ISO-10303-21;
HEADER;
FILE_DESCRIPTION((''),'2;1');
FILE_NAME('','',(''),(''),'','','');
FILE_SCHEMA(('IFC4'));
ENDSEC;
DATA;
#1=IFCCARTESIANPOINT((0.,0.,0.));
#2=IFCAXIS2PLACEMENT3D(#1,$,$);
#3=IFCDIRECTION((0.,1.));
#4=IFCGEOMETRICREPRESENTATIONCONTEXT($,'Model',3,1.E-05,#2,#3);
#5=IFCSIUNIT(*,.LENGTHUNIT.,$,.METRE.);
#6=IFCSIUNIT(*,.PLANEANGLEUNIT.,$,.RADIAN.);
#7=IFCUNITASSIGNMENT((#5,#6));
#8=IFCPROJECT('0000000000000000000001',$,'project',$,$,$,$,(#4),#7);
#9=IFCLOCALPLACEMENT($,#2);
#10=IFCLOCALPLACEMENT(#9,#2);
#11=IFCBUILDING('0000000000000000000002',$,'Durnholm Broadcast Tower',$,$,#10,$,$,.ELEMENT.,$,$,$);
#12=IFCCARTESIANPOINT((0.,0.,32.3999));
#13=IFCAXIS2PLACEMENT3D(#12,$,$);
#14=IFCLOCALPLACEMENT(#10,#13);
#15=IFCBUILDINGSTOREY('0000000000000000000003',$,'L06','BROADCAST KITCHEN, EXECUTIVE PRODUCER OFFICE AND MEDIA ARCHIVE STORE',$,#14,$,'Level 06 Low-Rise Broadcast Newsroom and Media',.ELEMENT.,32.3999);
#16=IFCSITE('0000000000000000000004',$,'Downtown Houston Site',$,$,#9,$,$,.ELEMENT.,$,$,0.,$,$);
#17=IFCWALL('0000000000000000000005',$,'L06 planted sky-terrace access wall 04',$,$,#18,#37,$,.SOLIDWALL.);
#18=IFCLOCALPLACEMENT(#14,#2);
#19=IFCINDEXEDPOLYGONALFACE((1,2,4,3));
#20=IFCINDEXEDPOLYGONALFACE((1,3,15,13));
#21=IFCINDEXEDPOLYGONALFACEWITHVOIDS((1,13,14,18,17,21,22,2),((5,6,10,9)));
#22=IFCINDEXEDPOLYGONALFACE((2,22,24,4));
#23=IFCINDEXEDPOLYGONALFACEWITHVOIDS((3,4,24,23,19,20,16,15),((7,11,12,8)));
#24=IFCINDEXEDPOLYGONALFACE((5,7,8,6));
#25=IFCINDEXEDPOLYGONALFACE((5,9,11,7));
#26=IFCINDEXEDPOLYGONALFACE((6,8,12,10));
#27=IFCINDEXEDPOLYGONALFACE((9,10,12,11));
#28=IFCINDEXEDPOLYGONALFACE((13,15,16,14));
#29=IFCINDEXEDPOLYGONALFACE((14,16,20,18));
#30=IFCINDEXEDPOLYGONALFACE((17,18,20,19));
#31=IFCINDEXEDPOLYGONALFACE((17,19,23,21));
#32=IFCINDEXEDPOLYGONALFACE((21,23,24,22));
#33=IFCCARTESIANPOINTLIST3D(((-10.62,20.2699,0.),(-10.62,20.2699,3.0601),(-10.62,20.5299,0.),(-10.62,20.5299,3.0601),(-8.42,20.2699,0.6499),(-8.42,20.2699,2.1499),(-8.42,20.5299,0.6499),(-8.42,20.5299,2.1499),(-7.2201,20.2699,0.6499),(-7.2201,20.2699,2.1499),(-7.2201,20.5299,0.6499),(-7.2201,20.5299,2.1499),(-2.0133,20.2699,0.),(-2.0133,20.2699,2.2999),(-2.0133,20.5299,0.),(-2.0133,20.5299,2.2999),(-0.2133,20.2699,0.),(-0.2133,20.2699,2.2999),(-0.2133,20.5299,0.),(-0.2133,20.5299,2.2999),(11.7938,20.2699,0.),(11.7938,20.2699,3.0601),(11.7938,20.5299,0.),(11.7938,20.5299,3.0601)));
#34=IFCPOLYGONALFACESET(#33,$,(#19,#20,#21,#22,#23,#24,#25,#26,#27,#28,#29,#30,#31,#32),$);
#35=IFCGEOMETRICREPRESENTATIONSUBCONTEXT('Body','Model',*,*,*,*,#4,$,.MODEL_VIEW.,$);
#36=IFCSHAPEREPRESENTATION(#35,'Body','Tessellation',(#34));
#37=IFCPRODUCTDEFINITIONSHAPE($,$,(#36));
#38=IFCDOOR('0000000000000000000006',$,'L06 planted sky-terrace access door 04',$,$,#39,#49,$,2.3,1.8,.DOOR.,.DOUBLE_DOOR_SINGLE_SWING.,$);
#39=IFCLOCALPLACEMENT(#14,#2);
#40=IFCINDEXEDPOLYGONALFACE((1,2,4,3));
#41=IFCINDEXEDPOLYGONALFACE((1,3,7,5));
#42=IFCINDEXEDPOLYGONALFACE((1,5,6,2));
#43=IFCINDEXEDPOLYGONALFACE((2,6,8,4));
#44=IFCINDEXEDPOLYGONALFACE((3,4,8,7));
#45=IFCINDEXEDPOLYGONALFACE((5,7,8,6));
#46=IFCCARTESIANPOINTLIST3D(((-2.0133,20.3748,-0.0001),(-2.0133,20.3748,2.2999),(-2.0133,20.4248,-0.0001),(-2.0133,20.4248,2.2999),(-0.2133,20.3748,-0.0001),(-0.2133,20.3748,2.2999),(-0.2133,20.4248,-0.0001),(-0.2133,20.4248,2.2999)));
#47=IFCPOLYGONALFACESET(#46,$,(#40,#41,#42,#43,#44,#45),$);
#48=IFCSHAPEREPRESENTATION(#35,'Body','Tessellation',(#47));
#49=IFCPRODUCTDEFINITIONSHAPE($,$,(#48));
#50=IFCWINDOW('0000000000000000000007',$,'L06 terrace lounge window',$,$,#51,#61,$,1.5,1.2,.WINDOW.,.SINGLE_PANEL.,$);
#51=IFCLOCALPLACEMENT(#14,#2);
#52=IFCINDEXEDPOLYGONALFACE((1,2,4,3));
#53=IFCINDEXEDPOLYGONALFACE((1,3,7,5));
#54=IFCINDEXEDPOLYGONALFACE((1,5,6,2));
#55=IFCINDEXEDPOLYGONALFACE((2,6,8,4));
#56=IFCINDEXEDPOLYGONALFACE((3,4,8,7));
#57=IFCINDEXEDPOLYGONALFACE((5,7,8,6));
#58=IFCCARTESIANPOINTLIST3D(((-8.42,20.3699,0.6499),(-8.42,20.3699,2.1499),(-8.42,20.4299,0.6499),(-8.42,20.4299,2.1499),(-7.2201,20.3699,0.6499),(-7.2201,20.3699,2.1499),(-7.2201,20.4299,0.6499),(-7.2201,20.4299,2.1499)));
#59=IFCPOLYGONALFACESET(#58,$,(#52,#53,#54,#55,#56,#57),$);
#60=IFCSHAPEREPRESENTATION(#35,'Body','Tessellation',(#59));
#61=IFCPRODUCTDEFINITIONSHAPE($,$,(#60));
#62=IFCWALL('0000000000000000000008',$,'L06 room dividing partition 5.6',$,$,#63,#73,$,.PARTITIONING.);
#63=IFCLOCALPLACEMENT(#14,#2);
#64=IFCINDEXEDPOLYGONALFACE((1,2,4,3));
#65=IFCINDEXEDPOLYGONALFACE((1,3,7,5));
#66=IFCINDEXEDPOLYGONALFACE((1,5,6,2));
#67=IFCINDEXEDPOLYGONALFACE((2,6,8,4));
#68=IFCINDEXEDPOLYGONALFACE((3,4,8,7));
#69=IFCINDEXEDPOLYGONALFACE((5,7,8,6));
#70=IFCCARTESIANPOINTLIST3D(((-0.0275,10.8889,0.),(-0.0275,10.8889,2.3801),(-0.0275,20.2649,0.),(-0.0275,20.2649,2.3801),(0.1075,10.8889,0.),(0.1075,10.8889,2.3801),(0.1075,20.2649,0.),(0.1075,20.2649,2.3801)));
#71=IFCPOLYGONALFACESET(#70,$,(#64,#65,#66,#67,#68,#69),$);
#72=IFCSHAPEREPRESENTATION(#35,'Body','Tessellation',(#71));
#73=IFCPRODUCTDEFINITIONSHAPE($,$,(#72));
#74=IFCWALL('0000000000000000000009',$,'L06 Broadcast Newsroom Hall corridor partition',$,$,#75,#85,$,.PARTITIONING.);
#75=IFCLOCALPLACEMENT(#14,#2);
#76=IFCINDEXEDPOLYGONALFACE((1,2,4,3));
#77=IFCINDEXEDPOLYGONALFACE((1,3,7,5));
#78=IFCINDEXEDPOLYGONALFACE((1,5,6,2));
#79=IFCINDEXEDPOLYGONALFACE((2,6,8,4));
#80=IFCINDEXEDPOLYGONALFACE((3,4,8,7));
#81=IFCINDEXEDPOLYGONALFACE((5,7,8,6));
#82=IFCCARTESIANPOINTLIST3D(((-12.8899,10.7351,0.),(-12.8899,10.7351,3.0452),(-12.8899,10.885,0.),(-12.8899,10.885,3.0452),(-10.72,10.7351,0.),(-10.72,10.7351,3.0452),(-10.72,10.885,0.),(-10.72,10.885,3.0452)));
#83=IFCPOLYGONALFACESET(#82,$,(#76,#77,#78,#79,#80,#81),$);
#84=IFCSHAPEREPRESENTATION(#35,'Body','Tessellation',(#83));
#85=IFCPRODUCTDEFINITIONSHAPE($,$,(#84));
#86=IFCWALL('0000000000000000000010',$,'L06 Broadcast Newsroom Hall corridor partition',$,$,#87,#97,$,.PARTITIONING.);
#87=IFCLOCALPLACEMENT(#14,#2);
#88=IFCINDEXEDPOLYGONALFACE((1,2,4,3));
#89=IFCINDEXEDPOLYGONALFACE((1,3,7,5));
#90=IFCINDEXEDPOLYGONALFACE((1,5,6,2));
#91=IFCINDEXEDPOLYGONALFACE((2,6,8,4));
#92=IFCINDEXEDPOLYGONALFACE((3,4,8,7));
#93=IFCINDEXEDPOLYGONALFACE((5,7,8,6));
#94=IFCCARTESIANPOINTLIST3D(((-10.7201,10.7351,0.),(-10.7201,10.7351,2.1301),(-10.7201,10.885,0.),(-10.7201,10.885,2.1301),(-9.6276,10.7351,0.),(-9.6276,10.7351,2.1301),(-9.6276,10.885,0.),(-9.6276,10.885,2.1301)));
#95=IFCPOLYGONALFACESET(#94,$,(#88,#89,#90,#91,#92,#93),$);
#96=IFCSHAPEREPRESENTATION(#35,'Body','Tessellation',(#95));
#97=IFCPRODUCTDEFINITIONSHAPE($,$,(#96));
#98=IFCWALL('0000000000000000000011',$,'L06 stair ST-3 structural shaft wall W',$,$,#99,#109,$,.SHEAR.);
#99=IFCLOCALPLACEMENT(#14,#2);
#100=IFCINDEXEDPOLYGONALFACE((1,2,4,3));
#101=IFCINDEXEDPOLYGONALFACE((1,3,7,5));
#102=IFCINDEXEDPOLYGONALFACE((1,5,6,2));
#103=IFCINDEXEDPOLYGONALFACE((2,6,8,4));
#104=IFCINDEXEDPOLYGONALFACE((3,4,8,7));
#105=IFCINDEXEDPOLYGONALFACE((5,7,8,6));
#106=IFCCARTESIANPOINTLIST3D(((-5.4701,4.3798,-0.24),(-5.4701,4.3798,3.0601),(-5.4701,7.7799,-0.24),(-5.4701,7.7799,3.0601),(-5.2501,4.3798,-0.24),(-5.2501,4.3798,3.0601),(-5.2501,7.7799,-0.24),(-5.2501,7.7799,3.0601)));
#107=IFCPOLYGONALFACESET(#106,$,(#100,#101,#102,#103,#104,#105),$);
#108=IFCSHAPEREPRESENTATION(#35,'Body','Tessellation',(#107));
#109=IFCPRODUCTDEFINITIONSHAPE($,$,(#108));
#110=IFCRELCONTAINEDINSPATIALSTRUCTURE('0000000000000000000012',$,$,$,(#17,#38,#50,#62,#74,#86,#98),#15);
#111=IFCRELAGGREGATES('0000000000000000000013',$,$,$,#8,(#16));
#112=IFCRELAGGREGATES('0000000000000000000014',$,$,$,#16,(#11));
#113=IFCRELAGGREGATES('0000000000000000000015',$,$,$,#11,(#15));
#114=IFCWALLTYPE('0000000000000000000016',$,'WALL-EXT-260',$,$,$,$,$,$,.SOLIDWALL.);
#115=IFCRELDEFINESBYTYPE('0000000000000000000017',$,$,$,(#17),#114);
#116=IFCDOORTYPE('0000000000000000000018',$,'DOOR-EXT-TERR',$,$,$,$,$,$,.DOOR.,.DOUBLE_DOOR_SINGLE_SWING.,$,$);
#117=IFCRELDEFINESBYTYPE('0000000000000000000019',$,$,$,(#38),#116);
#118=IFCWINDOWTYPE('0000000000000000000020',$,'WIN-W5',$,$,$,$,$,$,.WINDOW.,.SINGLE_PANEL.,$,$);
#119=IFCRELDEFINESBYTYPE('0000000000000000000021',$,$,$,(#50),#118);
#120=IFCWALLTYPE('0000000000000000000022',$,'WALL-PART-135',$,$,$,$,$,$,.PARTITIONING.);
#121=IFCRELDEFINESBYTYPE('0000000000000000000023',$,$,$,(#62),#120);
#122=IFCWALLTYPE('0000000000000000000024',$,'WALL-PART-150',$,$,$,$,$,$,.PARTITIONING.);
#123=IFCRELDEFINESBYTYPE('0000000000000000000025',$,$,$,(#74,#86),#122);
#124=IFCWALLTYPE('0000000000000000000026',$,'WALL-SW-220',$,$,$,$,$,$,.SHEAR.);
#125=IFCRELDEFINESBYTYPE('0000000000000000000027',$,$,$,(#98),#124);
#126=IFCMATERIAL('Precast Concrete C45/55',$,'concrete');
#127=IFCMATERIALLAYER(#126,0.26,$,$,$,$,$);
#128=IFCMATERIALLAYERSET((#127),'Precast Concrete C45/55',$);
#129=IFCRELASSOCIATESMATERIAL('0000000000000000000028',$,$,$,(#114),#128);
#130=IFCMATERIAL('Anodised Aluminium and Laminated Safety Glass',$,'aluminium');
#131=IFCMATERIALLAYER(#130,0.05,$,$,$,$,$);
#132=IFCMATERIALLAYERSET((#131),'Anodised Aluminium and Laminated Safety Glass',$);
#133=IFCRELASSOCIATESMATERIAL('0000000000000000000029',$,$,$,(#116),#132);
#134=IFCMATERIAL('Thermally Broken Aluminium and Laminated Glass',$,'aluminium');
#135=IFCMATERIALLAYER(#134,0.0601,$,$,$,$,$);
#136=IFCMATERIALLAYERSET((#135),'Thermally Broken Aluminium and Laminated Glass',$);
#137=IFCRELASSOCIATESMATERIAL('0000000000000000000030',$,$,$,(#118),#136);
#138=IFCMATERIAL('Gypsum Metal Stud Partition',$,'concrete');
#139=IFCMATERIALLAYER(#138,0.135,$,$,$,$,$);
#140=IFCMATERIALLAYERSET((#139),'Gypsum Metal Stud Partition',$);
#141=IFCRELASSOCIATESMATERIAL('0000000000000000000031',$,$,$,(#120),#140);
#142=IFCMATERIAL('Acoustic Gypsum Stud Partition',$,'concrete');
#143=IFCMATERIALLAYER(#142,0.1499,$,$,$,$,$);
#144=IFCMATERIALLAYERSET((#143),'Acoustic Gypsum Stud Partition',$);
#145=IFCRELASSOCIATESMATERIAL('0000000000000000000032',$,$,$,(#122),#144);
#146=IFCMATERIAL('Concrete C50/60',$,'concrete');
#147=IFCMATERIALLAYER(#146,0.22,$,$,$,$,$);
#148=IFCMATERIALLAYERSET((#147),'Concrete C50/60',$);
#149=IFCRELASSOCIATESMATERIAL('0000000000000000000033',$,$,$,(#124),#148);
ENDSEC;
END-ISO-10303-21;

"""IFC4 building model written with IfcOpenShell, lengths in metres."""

from ifc_helpers import new_model, si_unit, direction, frame, frame_2d, origin, place, context, subcontext, project, spatial, rectangle, extrude, source, transform, mapped, material, layer, layer_set, type_object, type_shapes, element, fill, save


model = new_model("IFC4")

# Units and contexts
model_context = context("Model", 3, precision=1e-05, world=origin(), true_north=direction((0.0, 1.0)))
body_context = subcontext(model_context, "Body", "Model", "MODEL_VIEW")
ifc_project = project(units=[si_unit("LENGTHUNIT", "METRE"), si_unit("PLANEANGLEUNIT", "RADIAN")], contexts=[model_context])

# Site, building, storey
site_placement = place(None, origin())
site = spatial("IfcSite", under=ifc_project, at=site_placement, Name="Downtown Houston Site", CompositionType="ELEMENT", RefElevation=0.0)
building_placement = place(site_placement, origin())
building = spatial("IfcBuilding", under=site, at=building_placement, Name="Durnholm Broadcast Tower", CompositionType="ELEMENT")
storey_placement = place(building_placement, frame((0.0, 0.0, 32.3999)))
storey = spatial("IfcBuildingStorey", under=building, at=storey_placement, Name="L06", Description="BROADCAST KITCHEN, EXECUTIVE PRODUCER OFFICE AND MEDIA ARCHIVE STORE", LongName="Level 06 Low-Rise Broadcast Newsroom and Media", CompositionType="ELEMENT", Elevation=32.3999)

# Wall, openings, door, window
ifc_material_1 = material(Name="Precast Concrete C45/55", Category="concrete")
ifc_layer_1 = layer(ifc_material_1, 0.26)
ifc_layer_set_1 = layer_set([ifc_layer_1], Name="Precast Concrete C45/55")
wall_type_1 = type_object("IfcWallType", Name="WALL-EXT-260", PredefinedType="SOLIDWALL", material=ifc_layer_set_1)
wall_1_placement = place(storey_placement, frame((-10.6201, 20.3999, 0.0), z_axis=(0.0, 0.0, 1.0), x_axis=(1.0, 0.0, 0.0)))
wall_1 = element("IfcWall", 1, at=wall_1_placement, inside=storey, type_object=wall_type_1, Name="L06 planted sky-terrace access wall 04", PredefinedType="SOLIDWALL", context=body_context, shape_type="SweptSolid", body=[
    extrude(rectangle(XDim=22.4138, YDim=0.26, at=frame_2d((11.207, 0.0))), origin(), (0.0, 0.0, 1.0), 3.0601),
])
opening_1_placement = place(wall_1_placement, frame((8.6069, 0.0, 0.0)))
opening_1 = element("IfcOpeningElement", 2, at=opening_1_placement, cuts=wall_1, PredefinedType="OPENING", context=body_context, shape_type="SweptSolid", body=[
    extrude(rectangle(XDim=1.8, YDim=2.3, at=frame_2d((0.8999, 1.1499))), frame((0.0, 0.1401, 0.0), z_axis=(0.0, -1.0, 0.0), x_axis=(1.0, 0.0, 0.0)), (0.0, 0.0, 1.0), 0.28),
])
opening_2_placement = place(wall_1_placement, frame((2.2, 0.0, 0.6499)))
opening_2 = element("IfcOpeningElement", 3, at=opening_2_placement, cuts=wall_1, PredefinedType="OPENING", context=body_context, shape_type="SweptSolid", body=[
    extrude(rectangle(XDim=1.2, YDim=1.5, at=frame_2d((0.6001, 0.75))), frame((0.0, 0.1401, 0.0), z_axis=(0.0, -1.0, 0.0), x_axis=(1.0, 0.0, 0.0)), (0.0, 0.0, 1.0), 0.28),
])
ifc_material_2 = material(Name="Anodised Aluminium and Laminated Safety Glass", Category="aluminium")
ifc_layer_2 = layer(ifc_material_2, 0.05)
ifc_layer_set_2 = layer_set([ifc_layer_2], Name="Anodised Aluminium and Laminated Safety Glass")
door_type_1 = type_object("IfcDoorType", Name="DOOR-EXT-TERR", OperationType="DOUBLE_DOOR_SINGLE_SWING", PredefinedType="DOOR", material=ifc_layer_set_2)
shared_shape_1 = source(origin(), body_context, "Body", "SweptSolid", [
    extrude(rectangle(XDim=1.8, YDim=2.3, at=frame_2d((0.8999, 1.1499))), frame((0.0, 0.0249, 0.0), z_axis=(0.0, -1.0, 0.0), x_axis=(1.0, 0.0, 0.0)), (0.0, 0.0, 1.0), 0.05),
])
type_shapes(door_type_1, [shared_shape_1])
door_1_placement = place(opening_1_placement, origin())
door_1 = element("IfcDoor", 4, at=door_1_placement, inside=storey, type_object=door_type_1, Name="L06 planted sky-terrace access door 04", OperationType="DOUBLE_DOOR_SINGLE_SWING", OverallHeight=2.3, OverallWidth=1.8, PredefinedType="DOOR", context=body_context, shape_type="MappedRepresentation", body=[
    mapped(shared_shape_1, transform((0.0, 0.0, 0.0), x_axis=(1.0, 0.0, 0.0), y_axis=(0.0, 1.0, 0.0), z_axis=(0.0, 0.0, 1.0), scale=1.0)),
])
fill(opening_1, door_1)
ifc_material_3 = material(Name="Thermally Broken Aluminium and Laminated Glass", Category="aluminium")
ifc_layer_3 = layer(ifc_material_3, 0.0601)
ifc_layer_set_3 = layer_set([ifc_layer_3], Name="Thermally Broken Aluminium and Laminated Glass")
window_type = type_object("IfcWindowType", Name="WIN-W5", PartitioningType="SINGLE_PANEL", PredefinedType="WINDOW", material=ifc_layer_set_3)
shared_shape_2 = source(origin(), body_context, "Body", "SweptSolid", [
    extrude(rectangle(XDim=1.2, YDim=1.5, at=frame_2d((0.6001, 0.75))), frame((0.0, 0.03, 0.0), z_axis=(0.0, -1.0, 0.0), x_axis=(1.0, 0.0, 0.0)), (0.0, 0.0, 1.0), 0.0601),
])
type_shapes(window_type, [shared_shape_2])
window_placement = place(opening_2_placement, origin())
window = element("IfcWindow", 5, at=window_placement, inside=storey, type_object=window_type, Name="L06 terrace lounge window", OverallHeight=1.5, OverallWidth=1.2, PartitioningType="SINGLE_PANEL", PredefinedType="WINDOW", context=body_context, shape_type="MappedRepresentation", body=[
    mapped(shared_shape_2, transform((0.0, 0.0, 0.0), x_axis=(1.0, 0.0, 0.0), y_axis=(0.0, 1.0, 0.0), z_axis=(0.0, 0.0, 1.0), scale=1.0)),
])
fill(opening_2, window)

# Wall
ifc_material_4 = material(Name="Gypsum Metal Stud Partition", Category="concrete")
ifc_layer_4 = layer(ifc_material_4, 0.135)
ifc_layer_set_4 = layer_set([ifc_layer_4], Name="Gypsum Metal Stud Partition")
wall_type_2 = type_object("IfcWallType", Name="WALL-PART-135", PredefinedType="PARTITIONING", material=ifc_layer_set_4)
wall_2_placement = place(storey_placement, frame((0.04, 20.2649, 0.0), z_axis=(0.0, 0.0, 1.0), x_axis=(0.0, -1.0, 0.0)))
element("IfcWall", 6, at=wall_2_placement, inside=storey, type_object=wall_type_2, Name="L06 room dividing partition 5.6", PredefinedType="PARTITIONING", context=body_context, shape_type="SweptSolid", body=[
    extrude(rectangle(XDim=9.376, YDim=0.135, at=frame_2d((4.688, 0.0))), origin(), (0.0, 0.0, 1.0), 2.3801),
])

# Shared definitions
ifc_material_5 = material(Name="Acoustic Gypsum Stud Partition", Category="concrete")
ifc_layer_5 = layer(ifc_material_5, 0.1499)
ifc_layer_set_5 = layer_set([ifc_layer_5], Name="Acoustic Gypsum Stud Partition")
wall_type_3 = type_object("IfcWallType", Name="WALL-PART-150", PredefinedType="PARTITIONING", material=ifc_layer_set_5)

# Walls
wall_3_placement = place(storey_placement, frame((-10.72, 10.8101, 0.0), z_axis=(0.0, 0.0, 1.0), x_axis=(-1.0, 0.0, 0.0)))
element("IfcWall", 7, at=wall_3_placement, inside=storey, type_object=wall_type_3, Name="L06 Broadcast Newsroom Hall corridor partition", PredefinedType="PARTITIONING", context=body_context, shape_type="SweptSolid", body=[
    extrude(rectangle(XDim=2.1699, YDim=0.1499, at=frame_2d((1.085, 0.0))), origin(), (0.0, 0.0, 1.0), 3.0452),
])
wall_4_placement = place(storey_placement, frame((-9.6274, 10.8101, 0.0), z_axis=(0.0, 0.0, 1.0), x_axis=(-1.0, 0.0, 0.0)))
element("IfcWall", 8, at=wall_4_placement, inside=storey, type_object=wall_type_3, Name="L06 Broadcast Newsroom Hall corridor partition", PredefinedType="PARTITIONING", context=body_context, shape_type="SweptSolid", body=[
    extrude(rectangle(XDim=1.0925, YDim=0.1499, at=frame_2d((0.5464, 0.0))), origin(), (0.0, 0.0, 1.0), 2.1301),
])
ifc_material_6 = material(Name="Concrete C50/60", Category="concrete")
ifc_layer_6 = layer(ifc_material_6, 0.22)
ifc_layer_set_6 = layer_set([ifc_layer_6], Name="Concrete C50/60")
wall_type_4 = type_object("IfcWallType", Name="WALL-SW-220", PredefinedType="SHEAR", material=ifc_layer_set_6)
wall_5_placement = place(storey_placement, frame((-5.3601, 7.78, -0.24), z_axis=(0.0, 0.0, 1.0), x_axis=(0.0, -1.0, 0.0)))
element("IfcWall", 9, at=wall_5_placement, inside=storey, type_object=wall_type_4, Name="L06 stair ST-3 structural shaft wall W", PredefinedType="SHEAR", context=body_context, shape_type="SweptSolid", body=[
    extrude(rectangle(XDim=3.4001, YDim=0.22, at=frame_2d((1.7002, 0.0))), origin(), (0.0, 0.0, 1.0), 3.3),
])

save(model, "model.ifc")
